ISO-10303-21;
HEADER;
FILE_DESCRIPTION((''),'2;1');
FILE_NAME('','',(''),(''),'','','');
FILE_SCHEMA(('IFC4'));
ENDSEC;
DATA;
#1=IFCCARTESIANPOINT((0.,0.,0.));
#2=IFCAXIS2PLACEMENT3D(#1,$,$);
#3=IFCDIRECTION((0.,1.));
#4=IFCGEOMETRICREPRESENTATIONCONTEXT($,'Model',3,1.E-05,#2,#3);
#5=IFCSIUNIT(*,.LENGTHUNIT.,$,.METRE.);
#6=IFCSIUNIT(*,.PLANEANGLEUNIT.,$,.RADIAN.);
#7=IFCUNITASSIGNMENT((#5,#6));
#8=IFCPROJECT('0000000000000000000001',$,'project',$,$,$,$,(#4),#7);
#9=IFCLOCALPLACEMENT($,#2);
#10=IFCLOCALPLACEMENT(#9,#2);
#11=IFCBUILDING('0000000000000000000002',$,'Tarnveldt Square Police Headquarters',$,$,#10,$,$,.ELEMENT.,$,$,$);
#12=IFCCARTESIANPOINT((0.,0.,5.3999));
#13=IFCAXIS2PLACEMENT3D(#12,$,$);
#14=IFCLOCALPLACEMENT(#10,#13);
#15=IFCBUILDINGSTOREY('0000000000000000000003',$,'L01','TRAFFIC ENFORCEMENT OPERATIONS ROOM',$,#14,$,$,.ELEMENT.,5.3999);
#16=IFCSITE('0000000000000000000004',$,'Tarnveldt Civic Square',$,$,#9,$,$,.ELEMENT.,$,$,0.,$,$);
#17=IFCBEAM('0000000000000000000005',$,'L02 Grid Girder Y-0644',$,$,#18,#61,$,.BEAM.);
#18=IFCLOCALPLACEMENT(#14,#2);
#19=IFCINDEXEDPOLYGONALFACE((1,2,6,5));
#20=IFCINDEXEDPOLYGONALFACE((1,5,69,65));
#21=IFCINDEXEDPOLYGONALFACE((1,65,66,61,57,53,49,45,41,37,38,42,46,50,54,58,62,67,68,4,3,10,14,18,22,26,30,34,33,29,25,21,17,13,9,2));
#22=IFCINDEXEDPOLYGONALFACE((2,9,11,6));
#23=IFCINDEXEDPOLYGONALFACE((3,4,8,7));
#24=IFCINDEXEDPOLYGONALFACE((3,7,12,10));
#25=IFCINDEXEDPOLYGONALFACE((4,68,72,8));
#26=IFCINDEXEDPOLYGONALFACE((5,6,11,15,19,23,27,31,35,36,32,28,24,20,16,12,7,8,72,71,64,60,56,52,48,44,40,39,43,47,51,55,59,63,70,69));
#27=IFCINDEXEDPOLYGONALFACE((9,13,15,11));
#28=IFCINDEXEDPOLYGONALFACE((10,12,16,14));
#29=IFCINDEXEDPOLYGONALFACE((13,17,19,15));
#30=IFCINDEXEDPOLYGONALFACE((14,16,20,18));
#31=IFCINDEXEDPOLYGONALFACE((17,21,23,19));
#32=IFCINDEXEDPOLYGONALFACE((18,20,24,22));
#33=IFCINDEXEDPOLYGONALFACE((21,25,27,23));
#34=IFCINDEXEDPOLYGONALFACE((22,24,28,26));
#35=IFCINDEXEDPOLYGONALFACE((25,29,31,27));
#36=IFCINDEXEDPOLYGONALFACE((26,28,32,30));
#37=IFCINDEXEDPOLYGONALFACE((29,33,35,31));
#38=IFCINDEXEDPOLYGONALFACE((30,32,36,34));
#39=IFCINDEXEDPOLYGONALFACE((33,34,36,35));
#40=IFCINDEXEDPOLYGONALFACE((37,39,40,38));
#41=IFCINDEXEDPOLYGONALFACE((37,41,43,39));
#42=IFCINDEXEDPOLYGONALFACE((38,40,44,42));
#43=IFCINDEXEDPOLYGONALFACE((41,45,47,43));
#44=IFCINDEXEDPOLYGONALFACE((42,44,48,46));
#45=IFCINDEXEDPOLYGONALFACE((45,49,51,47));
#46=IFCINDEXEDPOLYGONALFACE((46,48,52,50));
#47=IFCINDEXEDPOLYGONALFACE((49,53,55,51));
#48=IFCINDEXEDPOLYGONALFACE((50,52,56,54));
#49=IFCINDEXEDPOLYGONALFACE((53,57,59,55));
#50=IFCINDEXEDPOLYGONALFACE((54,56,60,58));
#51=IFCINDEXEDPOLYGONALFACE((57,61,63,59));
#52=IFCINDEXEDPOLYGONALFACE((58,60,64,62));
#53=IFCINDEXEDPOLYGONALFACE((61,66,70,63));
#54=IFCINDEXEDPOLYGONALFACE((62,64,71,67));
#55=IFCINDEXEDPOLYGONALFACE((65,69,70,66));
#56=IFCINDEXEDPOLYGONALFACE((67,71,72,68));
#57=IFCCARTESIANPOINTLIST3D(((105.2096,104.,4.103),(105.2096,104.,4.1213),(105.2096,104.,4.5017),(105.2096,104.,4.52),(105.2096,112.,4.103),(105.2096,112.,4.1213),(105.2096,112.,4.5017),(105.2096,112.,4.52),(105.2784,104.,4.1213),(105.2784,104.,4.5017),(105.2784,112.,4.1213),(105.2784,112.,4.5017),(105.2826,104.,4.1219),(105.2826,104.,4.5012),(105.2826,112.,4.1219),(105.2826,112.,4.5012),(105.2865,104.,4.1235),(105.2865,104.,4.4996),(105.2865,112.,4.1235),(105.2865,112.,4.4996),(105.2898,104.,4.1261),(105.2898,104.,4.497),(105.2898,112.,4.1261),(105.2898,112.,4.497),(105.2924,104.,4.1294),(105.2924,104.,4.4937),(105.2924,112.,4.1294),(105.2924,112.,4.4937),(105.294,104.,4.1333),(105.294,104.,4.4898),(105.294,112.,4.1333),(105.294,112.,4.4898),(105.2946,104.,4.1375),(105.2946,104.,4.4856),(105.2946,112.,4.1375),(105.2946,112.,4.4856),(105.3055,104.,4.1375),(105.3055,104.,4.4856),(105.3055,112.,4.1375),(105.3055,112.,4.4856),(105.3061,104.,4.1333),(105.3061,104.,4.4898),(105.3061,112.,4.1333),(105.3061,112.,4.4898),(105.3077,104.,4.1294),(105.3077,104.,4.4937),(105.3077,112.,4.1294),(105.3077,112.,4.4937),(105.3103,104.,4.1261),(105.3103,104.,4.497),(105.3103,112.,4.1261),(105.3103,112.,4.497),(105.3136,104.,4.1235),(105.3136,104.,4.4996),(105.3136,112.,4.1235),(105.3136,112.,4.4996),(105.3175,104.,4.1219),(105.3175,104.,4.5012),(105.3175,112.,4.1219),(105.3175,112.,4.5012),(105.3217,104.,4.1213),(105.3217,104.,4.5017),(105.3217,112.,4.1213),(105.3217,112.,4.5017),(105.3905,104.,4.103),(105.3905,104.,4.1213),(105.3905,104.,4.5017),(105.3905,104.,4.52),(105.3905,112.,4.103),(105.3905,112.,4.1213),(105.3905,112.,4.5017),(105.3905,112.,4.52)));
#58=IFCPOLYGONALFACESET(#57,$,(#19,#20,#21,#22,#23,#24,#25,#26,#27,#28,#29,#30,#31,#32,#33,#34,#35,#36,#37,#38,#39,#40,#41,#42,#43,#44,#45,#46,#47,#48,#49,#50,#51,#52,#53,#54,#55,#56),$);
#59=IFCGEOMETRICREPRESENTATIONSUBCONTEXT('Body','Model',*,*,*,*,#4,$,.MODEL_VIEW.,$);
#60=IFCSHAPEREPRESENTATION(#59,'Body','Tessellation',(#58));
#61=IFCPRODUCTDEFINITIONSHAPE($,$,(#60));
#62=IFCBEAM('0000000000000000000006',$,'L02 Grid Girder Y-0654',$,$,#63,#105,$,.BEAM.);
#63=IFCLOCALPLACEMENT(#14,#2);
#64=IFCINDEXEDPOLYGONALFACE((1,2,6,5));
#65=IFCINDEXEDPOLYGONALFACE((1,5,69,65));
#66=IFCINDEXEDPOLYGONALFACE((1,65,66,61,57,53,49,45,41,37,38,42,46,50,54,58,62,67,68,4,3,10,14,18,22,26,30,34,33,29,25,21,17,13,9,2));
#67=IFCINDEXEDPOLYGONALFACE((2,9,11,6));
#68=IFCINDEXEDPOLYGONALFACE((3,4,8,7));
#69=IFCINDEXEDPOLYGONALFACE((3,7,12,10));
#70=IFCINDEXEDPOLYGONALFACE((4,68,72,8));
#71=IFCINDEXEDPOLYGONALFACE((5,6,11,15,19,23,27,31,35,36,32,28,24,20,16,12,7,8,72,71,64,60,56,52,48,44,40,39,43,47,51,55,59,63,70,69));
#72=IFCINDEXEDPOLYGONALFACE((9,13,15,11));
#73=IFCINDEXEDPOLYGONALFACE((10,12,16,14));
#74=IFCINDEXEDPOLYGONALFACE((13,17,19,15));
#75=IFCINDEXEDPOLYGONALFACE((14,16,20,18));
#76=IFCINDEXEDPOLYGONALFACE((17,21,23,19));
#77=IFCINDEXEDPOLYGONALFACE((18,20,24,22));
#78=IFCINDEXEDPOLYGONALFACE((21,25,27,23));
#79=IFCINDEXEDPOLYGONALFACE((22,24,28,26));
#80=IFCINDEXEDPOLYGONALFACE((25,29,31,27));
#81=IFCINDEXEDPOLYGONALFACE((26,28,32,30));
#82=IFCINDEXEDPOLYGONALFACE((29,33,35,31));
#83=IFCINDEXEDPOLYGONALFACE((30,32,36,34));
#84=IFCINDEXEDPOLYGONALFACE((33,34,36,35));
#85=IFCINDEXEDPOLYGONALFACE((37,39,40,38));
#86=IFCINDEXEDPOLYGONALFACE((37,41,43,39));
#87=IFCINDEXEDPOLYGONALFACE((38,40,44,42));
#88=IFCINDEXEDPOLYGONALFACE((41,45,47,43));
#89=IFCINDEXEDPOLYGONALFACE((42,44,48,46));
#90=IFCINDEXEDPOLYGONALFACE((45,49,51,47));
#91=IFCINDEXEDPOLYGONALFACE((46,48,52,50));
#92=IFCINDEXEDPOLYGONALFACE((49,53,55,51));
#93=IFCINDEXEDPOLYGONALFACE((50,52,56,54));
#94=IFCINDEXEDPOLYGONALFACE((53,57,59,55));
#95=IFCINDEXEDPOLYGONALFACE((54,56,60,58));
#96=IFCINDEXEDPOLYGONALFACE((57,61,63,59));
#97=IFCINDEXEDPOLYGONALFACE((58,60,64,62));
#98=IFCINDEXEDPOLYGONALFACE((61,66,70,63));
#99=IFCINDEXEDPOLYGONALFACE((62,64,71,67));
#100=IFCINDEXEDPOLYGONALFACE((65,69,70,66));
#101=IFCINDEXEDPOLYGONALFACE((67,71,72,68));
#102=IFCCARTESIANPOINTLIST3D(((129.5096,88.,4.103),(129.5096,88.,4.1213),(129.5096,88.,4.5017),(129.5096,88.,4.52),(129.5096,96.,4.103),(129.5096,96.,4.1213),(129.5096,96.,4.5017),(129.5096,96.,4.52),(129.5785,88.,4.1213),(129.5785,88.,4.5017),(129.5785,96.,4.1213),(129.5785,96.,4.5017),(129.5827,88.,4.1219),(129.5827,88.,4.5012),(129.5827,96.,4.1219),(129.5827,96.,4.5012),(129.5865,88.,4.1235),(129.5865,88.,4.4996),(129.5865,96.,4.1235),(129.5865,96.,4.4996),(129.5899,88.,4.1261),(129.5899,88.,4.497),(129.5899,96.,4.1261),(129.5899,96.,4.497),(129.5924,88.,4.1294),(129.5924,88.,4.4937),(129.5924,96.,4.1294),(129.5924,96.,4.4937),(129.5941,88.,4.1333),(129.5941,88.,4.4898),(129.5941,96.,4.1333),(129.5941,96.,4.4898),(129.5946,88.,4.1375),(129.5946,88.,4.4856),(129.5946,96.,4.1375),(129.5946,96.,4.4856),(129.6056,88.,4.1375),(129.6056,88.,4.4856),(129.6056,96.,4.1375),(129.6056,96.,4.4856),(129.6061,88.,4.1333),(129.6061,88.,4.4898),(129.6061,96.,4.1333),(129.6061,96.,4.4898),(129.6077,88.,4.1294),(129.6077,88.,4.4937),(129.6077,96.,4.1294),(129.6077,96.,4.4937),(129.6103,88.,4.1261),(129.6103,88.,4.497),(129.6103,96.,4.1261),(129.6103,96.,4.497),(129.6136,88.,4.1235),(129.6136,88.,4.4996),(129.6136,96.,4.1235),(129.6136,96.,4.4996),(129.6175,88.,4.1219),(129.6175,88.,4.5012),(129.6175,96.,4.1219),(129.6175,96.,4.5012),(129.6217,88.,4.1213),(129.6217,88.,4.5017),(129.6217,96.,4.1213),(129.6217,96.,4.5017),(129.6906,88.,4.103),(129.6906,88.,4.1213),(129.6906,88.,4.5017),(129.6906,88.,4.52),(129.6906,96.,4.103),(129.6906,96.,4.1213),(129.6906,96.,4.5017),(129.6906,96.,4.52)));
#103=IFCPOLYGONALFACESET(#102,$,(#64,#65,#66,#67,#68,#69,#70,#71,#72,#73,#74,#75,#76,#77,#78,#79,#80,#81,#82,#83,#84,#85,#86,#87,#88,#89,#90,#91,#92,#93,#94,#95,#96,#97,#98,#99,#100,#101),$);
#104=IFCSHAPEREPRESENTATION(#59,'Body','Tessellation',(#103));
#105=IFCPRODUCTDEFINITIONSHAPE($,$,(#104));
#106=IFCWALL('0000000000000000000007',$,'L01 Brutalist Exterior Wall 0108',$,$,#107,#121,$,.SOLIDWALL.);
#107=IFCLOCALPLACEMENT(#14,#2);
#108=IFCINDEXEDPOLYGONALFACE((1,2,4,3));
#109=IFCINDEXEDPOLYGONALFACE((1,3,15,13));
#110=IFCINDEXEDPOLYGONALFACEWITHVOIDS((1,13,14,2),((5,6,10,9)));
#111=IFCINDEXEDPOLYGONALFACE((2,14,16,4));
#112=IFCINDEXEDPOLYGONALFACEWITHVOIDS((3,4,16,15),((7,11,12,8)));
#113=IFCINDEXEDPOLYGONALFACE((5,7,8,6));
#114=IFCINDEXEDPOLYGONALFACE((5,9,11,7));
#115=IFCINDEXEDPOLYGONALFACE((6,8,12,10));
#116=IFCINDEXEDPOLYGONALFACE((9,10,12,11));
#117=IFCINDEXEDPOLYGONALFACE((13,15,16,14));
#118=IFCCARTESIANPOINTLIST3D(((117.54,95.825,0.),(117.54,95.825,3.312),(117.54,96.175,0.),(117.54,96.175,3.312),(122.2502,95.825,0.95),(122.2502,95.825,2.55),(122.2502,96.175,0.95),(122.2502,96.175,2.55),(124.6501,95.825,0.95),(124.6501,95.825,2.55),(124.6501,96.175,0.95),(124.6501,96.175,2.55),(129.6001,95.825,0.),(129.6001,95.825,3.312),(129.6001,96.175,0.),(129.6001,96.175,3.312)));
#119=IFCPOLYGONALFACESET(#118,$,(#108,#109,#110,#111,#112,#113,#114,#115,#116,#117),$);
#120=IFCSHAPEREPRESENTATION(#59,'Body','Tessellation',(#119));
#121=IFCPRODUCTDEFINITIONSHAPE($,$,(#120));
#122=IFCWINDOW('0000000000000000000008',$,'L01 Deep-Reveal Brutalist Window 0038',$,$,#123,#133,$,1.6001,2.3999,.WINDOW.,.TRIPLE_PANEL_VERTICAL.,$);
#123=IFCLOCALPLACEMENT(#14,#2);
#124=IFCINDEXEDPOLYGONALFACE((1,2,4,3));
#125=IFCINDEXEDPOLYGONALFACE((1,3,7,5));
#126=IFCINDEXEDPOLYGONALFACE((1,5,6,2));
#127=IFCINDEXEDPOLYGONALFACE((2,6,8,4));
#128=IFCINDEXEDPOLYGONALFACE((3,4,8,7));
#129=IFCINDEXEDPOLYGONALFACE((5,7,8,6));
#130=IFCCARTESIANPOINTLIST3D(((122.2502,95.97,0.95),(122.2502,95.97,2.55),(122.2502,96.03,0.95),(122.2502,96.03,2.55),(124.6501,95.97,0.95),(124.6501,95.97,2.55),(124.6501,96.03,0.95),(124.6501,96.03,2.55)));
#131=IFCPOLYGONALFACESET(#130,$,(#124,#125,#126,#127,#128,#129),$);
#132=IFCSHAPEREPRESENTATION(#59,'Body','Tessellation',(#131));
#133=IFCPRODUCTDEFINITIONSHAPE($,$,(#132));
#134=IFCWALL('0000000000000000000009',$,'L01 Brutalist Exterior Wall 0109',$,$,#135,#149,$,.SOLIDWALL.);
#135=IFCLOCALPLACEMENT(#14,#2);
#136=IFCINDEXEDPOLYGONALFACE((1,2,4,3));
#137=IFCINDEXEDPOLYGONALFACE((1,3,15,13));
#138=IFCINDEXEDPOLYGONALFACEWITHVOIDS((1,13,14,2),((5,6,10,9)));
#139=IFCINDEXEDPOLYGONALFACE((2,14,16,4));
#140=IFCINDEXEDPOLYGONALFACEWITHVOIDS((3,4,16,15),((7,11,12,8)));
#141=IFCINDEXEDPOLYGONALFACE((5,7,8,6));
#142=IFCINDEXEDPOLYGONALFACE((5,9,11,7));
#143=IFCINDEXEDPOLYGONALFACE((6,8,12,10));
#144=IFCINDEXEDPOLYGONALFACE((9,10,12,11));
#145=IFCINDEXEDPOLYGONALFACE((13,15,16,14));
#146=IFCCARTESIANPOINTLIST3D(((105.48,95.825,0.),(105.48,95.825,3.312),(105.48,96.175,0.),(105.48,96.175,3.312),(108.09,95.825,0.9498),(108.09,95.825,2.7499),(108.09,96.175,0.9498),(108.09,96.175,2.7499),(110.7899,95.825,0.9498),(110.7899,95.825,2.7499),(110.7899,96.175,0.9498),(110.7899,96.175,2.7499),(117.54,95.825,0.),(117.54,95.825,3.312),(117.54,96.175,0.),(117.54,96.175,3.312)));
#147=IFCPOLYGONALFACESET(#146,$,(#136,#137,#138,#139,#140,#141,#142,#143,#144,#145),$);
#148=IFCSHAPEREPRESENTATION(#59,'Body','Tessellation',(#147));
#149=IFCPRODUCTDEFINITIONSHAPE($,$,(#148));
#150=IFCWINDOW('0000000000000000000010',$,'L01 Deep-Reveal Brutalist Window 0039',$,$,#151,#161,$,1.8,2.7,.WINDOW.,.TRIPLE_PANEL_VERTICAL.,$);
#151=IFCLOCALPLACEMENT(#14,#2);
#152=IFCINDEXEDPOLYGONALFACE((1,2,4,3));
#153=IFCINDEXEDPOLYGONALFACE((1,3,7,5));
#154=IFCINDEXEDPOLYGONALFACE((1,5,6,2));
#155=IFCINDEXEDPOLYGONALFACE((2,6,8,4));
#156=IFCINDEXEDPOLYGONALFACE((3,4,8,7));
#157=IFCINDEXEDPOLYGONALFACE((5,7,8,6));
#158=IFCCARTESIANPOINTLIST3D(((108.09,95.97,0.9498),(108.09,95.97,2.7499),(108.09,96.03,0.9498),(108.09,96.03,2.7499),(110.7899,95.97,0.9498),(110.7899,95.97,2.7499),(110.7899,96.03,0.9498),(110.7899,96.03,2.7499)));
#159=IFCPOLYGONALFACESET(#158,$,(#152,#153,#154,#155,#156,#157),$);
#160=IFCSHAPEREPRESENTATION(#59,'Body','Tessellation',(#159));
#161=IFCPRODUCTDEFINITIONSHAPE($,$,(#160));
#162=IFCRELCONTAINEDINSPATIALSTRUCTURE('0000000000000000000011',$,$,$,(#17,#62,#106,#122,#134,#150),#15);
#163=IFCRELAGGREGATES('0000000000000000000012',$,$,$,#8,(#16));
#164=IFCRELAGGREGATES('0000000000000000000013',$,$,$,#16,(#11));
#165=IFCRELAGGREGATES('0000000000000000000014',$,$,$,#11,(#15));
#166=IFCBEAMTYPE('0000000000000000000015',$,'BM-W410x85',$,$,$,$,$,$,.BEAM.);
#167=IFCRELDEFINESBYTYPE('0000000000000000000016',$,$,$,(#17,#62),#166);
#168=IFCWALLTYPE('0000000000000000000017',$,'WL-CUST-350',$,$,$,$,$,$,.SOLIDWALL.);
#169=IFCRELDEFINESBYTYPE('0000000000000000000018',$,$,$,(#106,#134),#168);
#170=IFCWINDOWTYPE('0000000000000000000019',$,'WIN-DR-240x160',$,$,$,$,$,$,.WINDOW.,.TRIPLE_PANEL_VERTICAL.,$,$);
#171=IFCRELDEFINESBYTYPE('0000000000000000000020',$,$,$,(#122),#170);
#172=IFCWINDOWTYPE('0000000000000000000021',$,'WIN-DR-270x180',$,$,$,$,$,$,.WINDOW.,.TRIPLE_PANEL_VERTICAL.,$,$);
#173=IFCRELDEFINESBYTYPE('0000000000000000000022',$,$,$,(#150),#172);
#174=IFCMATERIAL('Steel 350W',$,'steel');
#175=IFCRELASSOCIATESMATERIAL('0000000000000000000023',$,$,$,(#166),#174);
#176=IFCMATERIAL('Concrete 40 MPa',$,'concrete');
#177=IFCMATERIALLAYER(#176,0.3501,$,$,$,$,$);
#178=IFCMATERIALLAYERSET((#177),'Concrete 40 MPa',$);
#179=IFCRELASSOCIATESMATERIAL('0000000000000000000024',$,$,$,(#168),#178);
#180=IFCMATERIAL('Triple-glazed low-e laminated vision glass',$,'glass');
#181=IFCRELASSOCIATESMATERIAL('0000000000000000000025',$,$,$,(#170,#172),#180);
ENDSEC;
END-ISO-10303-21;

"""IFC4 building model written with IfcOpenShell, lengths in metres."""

from ifc_helpers import new_model, si_unit, direction, frame, frame_2d, origin, origin_2d, place, context, subcontext, project, spatial, rectangle, i_section, extrude, material, layer, layer_set, material_profile, profile_set, type_object, element, fill, save


model = new_model("IFC4")

# Units and contexts
model_context = context("Model", 3, precision=1e-05, world=origin(), true_north=direction((0.0, 1.0)))
body_context = subcontext(model_context, "Body", "Model", "MODEL_VIEW")
ifc_project = project(units=[si_unit("LENGTHUNIT", "METRE"), si_unit("PLANEANGLEUNIT", "RADIAN")], contexts=[model_context])

# Site, building, storey
site_placement = place(None, origin())
site = spatial("IfcSite", under=ifc_project, at=site_placement, Name="Tarnveldt Civic Square", CompositionType="ELEMENT", RefElevation=0.0)
building_placement = place(site_placement, origin())
building = spatial("IfcBuilding", under=site, at=building_placement, Name="Tarnveldt Square Police Headquarters", CompositionType="ELEMENT")
storey_placement = place(building_placement, frame((0.0, 0.0, 5.3999)))
storey = spatial("IfcBuildingStorey", under=building, at=storey_placement, Name="L01", Description="TRAFFIC ENFORCEMENT OPERATIONS ROOM", CompositionType="ELEMENT", Elevation=5.3999)

# Shared definitions
ifc_material_1 = material(Name="Concrete 40 MPa", Category="concrete")

# Beams
ifc_material_2 = material(Name="Steel 350W", Category="steel")
ifc_material_profile_1 = material_profile(ifc_material_2, i_section(OverallWidth=0.1809, OverallDepth=0.417, WebThickness=0.011, FlangeThickness=0.0183, FilletRadius=0.0161, at=origin_2d()), Name="W410x85")
ifc_profile_set_1 = profile_set([ifc_material_profile_1], Name="Steel 350W")
beam_type_1 = type_object("IfcBeamType", Name="BM-W410x85", PredefinedType="BEAM", material=ifc_profile_set_1)
for number, where, z_axis, x_axis, name in (
    (1, (105.3, 104.0, 4.3115), (0.0, 1.0, 0.0), (-1.0, 0.0, 0.0), "L02 Grid Girder Y-0644"),
    (2, (129.6001, 88.0, 4.3115), (0.0, 1.0, 0.0), (-1.0, 0.0, 0.0), "L02 Grid Girder Y-0654"),
):
    element("IfcBeam", number, at=place(storey_placement, frame(where, z_axis=z_axis, x_axis=x_axis)), inside=storey, type_object=beam_type_1, Name=name, PredefinedType="BEAM", context=body_context, shape_type="SweptSolid", body=[
        extrude(i_section(OverallWidth=0.1809, OverallDepth=0.417, WebThickness=0.011, FlangeThickness=0.0183, FilletRadius=0.0161, at=origin_2d()), origin(), (0.0, 0.0, 1.0), 8.0),
    ])

# Walls, openings, windows
ifc_layer_1 = layer(ifc_material_1, 0.3501)
ifc_layer_set_1 = layer_set([ifc_layer_1], Name="Concrete 40 MPa")
wall_type_1 = type_object("IfcWallType", Name="WL-CUST-350", PredefinedType="SOLIDWALL", material=ifc_layer_set_1)
wall_1_placement = place(storey_placement, frame((129.6001, 96.0, 0.0), z_axis=(0.0, 0.0, 1.0), x_axis=(-1.0, 0.0, 0.0)))
wall_1 = element("IfcWall", 3, at=wall_1_placement, inside=storey, type_object=wall_type_1, Name="L01 Brutalist Exterior Wall 0108", PredefinedType="SOLIDWALL", context=body_context, shape_type="SweptSolid", body=[
    extrude(rectangle(XDim=12.0601, YDim=0.3501, at=frame_2d((6.03, 0.0))), origin(), (0.0, 0.0, 1.0), 3.312),
])
opening_1_placement = place(wall_1_placement, frame((4.95, 0.0, 0.95)))
opening_1 = element("IfcOpeningElement", 4, at=opening_1_placement, cuts=wall_1, PredefinedType="OPENING", context=body_context, shape_type="SweptSolid", body=[
    extrude(rectangle(XDim=2.3999, YDim=1.6001, at=frame_2d((1.2, 0.8))), frame((0.0, 0.1851, 0.0), z_axis=(0.0, -1.0, 0.0), x_axis=(1.0, 0.0, 0.0)), (0.0, 0.0, 1.0), 0.3701),
])
ifc_material_3 = material(Name="Triple-glazed low-e laminated vision glass", Category="glass")
window_type_1 = type_object("IfcWindowType", Name="WIN-DR-240x160", PartitioningType="TRIPLE_PANEL_VERTICAL", PredefinedType="WINDOW", material=ifc_material_3)
window_1_placement = place(opening_1_placement, origin())
window_1 = element("IfcWindow", 5, at=window_1_placement, inside=storey, type_object=window_type_1, Name="L01 Deep-Reveal Brutalist Window 0038", OverallHeight=1.6001, OverallWidth=2.3999, PartitioningType="TRIPLE_PANEL_VERTICAL", PredefinedType="WINDOW", context=body_context, shape_type="SweptSolid", body=[
    extrude(rectangle(XDim=2.3999, YDim=1.6001, at=frame_2d((1.2, 0.8))), frame((0.0, 0.03, 0.0), z_axis=(0.0, -1.0, 0.0), x_axis=(1.0, 0.0, 0.0)), (0.0, 0.0, 1.0), 0.0601),
])
fill(opening_1, window_1)
wall_2_placement = place(storey_placement, frame((117.54, 96.0, 0.0), z_axis=(0.0, 0.0, 1.0), x_axis=(-1.0, 0.0, 0.0)))
wall_2 = element("IfcWall", 6, at=wall_2_placement, inside=storey, type_object=wall_type_1, Name="L01 Brutalist Exterior Wall 0109", PredefinedType="SOLIDWALL", context=body_context, shape_type="SweptSolid", body=[
    extrude(rectangle(XDim=12.0601, YDim=0.3501, at=frame_2d((6.03, 0.0))), origin(), (0.0, 0.0, 1.0), 3.312),
])
opening_2_placement = place(wall_2_placement, frame((6.75, 0.0, 0.95)))
opening_2 = element("IfcOpeningElement", 7, at=opening_2_placement, cuts=wall_2, PredefinedType="OPENING", context=body_context, shape_type="SweptSolid", body=[
    extrude(rectangle(XDim=2.7, YDim=1.8, at=frame_2d((1.3501, 0.8999))), frame((0.0, 0.1851, 0.0), z_axis=(0.0, -1.0, 0.0), x_axis=(1.0, 0.0, 0.0)), (0.0, 0.0, 1.0), 0.3701),
])
window_type_2 = type_object("IfcWindowType", Name="WIN-DR-270x180", PartitioningType="TRIPLE_PANEL_VERTICAL", PredefinedType="WINDOW", material=ifc_material_3)
window_2_placement = place(opening_2_placement, origin())
window_2 = element("IfcWindow", 8, at=window_2_placement, inside=storey, type_object=window_type_2, Name="L01 Deep-Reveal Brutalist Window 0039", OverallHeight=1.8, OverallWidth=2.7, PartitioningType="TRIPLE_PANEL_VERTICAL", PredefinedType="WINDOW", context=body_context, shape_type="SweptSolid", body=[
    extrude(rectangle(XDim=2.7, YDim=1.8, at=frame_2d((1.3501, 0.8999))), frame((0.0, 0.03, 0.0), z_axis=(0.0, -1.0, 0.0), x_axis=(1.0, 0.0, 0.0)), (0.0, 0.0, 1.0), 0.0601),
])
fill(opening_2, window_2)

save(model, "model.ifc")
